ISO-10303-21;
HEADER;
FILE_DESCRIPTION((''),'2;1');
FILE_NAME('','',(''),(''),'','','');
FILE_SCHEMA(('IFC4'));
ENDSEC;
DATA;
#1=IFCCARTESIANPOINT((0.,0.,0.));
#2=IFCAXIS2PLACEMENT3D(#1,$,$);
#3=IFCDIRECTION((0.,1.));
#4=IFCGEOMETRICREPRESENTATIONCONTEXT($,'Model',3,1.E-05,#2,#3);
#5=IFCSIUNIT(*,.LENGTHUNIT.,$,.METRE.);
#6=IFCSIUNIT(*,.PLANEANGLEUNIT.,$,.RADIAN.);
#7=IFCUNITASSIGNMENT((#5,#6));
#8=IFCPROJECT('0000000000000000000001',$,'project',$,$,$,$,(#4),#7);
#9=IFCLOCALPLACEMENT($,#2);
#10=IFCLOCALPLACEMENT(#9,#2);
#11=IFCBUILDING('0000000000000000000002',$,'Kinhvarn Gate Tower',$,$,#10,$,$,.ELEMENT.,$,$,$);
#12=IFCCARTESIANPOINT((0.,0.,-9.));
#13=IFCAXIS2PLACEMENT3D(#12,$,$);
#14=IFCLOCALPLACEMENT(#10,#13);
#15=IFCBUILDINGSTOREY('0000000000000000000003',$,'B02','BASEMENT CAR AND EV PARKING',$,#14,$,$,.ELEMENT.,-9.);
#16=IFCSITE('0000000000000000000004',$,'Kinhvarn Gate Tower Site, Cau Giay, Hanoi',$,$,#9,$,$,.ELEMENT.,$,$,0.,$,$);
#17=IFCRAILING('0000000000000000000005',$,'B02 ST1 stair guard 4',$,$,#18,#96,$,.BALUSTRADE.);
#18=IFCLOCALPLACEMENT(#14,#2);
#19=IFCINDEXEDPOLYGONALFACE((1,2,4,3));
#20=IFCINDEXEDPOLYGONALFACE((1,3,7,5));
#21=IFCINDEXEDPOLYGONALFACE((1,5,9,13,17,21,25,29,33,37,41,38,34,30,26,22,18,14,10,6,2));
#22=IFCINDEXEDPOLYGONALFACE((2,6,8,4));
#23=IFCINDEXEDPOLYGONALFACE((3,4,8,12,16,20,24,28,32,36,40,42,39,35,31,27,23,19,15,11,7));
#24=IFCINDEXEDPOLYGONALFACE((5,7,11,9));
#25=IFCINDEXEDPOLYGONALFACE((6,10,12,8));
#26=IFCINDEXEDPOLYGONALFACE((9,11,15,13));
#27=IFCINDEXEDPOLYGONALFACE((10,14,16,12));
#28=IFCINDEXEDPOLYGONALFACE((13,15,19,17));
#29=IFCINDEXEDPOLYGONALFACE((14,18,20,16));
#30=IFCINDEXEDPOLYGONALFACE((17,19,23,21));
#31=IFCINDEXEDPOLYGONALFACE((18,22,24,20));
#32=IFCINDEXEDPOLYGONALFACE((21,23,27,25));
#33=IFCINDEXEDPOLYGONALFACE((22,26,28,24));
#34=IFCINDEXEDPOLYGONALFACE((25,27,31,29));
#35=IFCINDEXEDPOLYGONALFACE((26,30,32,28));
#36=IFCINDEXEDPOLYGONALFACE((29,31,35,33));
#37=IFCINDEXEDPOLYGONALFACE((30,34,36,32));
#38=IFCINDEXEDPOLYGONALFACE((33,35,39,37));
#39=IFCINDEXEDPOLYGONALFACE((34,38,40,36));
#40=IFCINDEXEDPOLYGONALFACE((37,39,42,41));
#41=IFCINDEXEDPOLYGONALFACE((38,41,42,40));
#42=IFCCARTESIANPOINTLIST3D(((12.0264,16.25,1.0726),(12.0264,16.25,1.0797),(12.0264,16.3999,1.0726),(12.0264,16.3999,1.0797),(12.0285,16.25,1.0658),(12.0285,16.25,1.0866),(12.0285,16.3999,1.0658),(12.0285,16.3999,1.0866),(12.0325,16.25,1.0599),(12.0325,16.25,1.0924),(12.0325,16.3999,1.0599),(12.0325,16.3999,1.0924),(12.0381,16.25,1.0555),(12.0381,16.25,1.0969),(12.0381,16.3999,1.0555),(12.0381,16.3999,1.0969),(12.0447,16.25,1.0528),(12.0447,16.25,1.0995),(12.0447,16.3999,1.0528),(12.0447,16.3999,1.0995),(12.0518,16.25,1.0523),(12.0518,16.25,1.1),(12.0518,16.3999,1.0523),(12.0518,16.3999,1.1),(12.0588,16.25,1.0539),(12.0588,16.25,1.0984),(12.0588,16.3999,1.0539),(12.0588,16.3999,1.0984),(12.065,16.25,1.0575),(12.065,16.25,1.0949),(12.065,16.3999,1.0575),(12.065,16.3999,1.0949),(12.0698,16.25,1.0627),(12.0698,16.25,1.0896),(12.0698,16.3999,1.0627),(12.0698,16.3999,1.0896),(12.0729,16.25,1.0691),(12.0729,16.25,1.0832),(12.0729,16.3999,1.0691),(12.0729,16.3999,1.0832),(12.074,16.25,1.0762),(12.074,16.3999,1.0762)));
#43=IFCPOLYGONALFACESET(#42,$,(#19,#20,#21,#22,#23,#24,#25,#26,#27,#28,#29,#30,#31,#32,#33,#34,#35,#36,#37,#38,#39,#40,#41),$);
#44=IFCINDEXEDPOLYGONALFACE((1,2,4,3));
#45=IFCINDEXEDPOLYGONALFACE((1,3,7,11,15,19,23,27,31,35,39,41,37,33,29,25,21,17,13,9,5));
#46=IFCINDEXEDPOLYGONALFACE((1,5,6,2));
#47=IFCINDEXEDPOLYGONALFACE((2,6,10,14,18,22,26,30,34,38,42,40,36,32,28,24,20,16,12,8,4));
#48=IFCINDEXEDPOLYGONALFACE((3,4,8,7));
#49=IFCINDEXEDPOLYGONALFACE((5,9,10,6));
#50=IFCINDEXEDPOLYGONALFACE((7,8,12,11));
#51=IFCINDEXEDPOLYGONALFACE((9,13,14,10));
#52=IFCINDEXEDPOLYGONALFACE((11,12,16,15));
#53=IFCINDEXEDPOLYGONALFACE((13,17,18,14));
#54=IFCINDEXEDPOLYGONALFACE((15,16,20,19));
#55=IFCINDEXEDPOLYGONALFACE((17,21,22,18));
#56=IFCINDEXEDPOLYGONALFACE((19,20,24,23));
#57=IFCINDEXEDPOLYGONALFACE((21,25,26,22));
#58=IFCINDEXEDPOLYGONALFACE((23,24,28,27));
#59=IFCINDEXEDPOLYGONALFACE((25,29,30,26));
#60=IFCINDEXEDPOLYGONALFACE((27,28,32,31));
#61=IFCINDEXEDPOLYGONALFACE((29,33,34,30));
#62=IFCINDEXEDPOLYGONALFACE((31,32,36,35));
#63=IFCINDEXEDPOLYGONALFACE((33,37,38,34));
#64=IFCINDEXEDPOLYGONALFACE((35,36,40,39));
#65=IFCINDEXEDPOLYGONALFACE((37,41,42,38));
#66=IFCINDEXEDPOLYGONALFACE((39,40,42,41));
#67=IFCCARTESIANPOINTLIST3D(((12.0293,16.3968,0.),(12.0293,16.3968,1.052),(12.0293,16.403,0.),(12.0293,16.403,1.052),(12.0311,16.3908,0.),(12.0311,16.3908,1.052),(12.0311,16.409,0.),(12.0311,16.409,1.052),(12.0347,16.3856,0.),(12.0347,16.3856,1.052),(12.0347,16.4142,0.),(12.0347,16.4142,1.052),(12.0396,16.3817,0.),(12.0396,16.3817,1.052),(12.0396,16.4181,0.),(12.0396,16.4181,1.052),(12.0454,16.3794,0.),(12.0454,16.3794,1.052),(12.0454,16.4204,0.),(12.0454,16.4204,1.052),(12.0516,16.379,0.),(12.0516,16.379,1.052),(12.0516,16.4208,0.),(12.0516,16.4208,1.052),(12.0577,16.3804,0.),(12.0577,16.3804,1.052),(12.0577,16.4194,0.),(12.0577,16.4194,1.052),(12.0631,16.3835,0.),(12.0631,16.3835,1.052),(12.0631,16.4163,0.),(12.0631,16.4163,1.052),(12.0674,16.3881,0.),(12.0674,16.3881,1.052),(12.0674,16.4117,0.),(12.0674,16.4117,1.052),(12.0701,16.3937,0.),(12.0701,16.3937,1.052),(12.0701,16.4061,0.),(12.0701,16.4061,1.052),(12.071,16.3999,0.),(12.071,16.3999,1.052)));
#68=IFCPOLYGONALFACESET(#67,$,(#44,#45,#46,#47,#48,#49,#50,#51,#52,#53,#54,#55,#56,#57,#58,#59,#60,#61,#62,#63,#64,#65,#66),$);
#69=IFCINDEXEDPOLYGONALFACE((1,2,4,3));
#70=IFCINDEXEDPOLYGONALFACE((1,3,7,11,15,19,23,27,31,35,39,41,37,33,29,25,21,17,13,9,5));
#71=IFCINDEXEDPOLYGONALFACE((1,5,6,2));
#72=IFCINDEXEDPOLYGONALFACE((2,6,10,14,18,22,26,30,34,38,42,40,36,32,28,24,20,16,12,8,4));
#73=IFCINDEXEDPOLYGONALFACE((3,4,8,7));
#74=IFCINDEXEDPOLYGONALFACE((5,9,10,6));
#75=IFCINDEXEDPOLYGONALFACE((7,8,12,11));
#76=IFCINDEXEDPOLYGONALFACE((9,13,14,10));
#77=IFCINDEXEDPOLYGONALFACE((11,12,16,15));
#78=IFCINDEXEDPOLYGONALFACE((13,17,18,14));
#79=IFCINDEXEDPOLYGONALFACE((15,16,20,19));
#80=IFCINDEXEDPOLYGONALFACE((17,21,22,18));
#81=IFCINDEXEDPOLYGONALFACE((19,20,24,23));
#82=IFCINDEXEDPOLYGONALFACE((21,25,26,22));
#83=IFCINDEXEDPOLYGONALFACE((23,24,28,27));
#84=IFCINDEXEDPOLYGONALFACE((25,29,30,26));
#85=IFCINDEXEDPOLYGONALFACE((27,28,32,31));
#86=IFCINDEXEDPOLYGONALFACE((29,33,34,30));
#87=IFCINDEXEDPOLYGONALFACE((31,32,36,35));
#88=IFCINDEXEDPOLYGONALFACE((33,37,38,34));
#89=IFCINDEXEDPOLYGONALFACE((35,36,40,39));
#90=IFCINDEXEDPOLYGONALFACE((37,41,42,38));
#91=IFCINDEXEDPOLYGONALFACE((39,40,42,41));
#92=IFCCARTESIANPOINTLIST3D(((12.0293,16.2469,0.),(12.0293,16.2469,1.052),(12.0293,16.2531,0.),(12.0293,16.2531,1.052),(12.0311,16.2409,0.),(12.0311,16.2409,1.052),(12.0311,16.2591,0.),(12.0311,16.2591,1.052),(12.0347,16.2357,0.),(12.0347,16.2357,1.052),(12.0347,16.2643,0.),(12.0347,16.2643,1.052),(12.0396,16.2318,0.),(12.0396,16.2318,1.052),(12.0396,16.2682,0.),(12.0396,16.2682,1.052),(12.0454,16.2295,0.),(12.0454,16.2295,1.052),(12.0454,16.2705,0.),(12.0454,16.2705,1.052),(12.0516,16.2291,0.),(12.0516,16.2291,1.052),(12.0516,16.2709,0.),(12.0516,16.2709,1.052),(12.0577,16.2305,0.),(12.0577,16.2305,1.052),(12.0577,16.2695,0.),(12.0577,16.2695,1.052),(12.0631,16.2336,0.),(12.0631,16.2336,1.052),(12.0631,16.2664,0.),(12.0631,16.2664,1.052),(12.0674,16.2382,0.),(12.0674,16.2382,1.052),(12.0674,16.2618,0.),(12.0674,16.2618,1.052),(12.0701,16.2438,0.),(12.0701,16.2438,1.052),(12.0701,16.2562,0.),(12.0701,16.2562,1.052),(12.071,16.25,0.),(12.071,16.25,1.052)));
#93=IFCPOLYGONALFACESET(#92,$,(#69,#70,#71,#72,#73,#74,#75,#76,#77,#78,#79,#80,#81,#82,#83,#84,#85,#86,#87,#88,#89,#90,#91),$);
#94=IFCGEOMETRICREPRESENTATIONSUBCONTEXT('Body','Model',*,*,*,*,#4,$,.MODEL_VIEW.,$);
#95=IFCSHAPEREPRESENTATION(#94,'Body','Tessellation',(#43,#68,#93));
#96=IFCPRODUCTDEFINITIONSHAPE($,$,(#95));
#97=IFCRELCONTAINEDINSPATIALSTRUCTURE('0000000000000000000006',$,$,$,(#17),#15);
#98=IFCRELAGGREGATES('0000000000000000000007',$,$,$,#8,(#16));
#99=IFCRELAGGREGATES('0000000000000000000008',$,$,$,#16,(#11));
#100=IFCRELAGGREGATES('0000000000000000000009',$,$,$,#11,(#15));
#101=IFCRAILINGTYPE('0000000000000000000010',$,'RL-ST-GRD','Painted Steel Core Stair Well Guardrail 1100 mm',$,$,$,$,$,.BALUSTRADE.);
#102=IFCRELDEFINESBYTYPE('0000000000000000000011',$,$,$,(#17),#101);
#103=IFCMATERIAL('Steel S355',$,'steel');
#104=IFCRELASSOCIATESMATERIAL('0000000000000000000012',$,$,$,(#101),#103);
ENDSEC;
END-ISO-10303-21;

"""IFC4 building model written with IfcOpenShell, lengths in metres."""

from ifc_helpers import new_model, si_unit, direction, frame, origin, origin_2d, place, context, subcontext, project, spatial, circle, extrude, material, type_object, element, save


model = new_model("IFC4")

# Units and contexts
model_context = context("Model", 3, precision=1e-05, world=origin(), true_north=direction((0.0, 1.0)))
body_context = subcontext(model_context, "Body", "Model", "MODEL_VIEW")
ifc_project = project(units=[si_unit("LENGTHUNIT", "METRE"), si_unit("PLANEANGLEUNIT", "RADIAN")], contexts=[model_context])

# Site, building, storey
site_placement = place(None, origin())
site = spatial("IfcSite", under=ifc_project, at=site_placement, Name="Kinhvarn Gate Tower Site, Cau Giay, Hanoi", CompositionType="ELEMENT", RefElevation=0.0)
building_placement = place(site_placement, origin())
building = spatial("IfcBuilding", under=site, at=building_placement, Name="Kinhvarn Gate Tower", CompositionType="ELEMENT")
storey_placement = place(building_placement, frame((0.0, 0.0, -9.0)))
storey = spatial("IfcBuildingStorey", under=building, at=storey_placement, Name="B02", Description="BASEMENT CAR AND EV PARKING", CompositionType="ELEMENT", Elevation=-9.0)

# Shared definitions
ifc_material_1 = material(Name="Steel S355", Category="steel")

# Railing
railing_type_1 = type_object("IfcRailingType", Name="RL-ST-GRD", Description="Painted Steel Core Stair Well Guardrail 1100 mm", PredefinedType="BALUSTRADE", material=ifc_material_1)
railing_1_placement = place(storey_placement, frame((12.05, 16.3999, 0.0)))
element("IfcRailing", 1, at=railing_1_placement, inside=storey, type_object=railing_type_1, Name="B02 ST1 stair guard 4", PredefinedType="BALUSTRADE", context=body_context, shape_type="SweptSolid", body=[
    extrude(circle(Radius=0.0239, at=origin_2d()), frame((0.0, 0.0, 1.0762), z_axis=(0.0, -1.0, 0.0), x_axis=(1.0, 0.0, 0.0)), (0.0, 0.0, 1.0), 0.1499),
    extrude(circle(Radius=0.021, at=origin_2d()), origin(), (0.0, 0.0, 1.0), 1.052),
    extrude(circle(Radius=0.021, at=origin_2d()), frame((0.0, -0.1499, 0.0)), (0.0, 0.0, 1.0), 1.052),
])

save(model, "model.ifc")
